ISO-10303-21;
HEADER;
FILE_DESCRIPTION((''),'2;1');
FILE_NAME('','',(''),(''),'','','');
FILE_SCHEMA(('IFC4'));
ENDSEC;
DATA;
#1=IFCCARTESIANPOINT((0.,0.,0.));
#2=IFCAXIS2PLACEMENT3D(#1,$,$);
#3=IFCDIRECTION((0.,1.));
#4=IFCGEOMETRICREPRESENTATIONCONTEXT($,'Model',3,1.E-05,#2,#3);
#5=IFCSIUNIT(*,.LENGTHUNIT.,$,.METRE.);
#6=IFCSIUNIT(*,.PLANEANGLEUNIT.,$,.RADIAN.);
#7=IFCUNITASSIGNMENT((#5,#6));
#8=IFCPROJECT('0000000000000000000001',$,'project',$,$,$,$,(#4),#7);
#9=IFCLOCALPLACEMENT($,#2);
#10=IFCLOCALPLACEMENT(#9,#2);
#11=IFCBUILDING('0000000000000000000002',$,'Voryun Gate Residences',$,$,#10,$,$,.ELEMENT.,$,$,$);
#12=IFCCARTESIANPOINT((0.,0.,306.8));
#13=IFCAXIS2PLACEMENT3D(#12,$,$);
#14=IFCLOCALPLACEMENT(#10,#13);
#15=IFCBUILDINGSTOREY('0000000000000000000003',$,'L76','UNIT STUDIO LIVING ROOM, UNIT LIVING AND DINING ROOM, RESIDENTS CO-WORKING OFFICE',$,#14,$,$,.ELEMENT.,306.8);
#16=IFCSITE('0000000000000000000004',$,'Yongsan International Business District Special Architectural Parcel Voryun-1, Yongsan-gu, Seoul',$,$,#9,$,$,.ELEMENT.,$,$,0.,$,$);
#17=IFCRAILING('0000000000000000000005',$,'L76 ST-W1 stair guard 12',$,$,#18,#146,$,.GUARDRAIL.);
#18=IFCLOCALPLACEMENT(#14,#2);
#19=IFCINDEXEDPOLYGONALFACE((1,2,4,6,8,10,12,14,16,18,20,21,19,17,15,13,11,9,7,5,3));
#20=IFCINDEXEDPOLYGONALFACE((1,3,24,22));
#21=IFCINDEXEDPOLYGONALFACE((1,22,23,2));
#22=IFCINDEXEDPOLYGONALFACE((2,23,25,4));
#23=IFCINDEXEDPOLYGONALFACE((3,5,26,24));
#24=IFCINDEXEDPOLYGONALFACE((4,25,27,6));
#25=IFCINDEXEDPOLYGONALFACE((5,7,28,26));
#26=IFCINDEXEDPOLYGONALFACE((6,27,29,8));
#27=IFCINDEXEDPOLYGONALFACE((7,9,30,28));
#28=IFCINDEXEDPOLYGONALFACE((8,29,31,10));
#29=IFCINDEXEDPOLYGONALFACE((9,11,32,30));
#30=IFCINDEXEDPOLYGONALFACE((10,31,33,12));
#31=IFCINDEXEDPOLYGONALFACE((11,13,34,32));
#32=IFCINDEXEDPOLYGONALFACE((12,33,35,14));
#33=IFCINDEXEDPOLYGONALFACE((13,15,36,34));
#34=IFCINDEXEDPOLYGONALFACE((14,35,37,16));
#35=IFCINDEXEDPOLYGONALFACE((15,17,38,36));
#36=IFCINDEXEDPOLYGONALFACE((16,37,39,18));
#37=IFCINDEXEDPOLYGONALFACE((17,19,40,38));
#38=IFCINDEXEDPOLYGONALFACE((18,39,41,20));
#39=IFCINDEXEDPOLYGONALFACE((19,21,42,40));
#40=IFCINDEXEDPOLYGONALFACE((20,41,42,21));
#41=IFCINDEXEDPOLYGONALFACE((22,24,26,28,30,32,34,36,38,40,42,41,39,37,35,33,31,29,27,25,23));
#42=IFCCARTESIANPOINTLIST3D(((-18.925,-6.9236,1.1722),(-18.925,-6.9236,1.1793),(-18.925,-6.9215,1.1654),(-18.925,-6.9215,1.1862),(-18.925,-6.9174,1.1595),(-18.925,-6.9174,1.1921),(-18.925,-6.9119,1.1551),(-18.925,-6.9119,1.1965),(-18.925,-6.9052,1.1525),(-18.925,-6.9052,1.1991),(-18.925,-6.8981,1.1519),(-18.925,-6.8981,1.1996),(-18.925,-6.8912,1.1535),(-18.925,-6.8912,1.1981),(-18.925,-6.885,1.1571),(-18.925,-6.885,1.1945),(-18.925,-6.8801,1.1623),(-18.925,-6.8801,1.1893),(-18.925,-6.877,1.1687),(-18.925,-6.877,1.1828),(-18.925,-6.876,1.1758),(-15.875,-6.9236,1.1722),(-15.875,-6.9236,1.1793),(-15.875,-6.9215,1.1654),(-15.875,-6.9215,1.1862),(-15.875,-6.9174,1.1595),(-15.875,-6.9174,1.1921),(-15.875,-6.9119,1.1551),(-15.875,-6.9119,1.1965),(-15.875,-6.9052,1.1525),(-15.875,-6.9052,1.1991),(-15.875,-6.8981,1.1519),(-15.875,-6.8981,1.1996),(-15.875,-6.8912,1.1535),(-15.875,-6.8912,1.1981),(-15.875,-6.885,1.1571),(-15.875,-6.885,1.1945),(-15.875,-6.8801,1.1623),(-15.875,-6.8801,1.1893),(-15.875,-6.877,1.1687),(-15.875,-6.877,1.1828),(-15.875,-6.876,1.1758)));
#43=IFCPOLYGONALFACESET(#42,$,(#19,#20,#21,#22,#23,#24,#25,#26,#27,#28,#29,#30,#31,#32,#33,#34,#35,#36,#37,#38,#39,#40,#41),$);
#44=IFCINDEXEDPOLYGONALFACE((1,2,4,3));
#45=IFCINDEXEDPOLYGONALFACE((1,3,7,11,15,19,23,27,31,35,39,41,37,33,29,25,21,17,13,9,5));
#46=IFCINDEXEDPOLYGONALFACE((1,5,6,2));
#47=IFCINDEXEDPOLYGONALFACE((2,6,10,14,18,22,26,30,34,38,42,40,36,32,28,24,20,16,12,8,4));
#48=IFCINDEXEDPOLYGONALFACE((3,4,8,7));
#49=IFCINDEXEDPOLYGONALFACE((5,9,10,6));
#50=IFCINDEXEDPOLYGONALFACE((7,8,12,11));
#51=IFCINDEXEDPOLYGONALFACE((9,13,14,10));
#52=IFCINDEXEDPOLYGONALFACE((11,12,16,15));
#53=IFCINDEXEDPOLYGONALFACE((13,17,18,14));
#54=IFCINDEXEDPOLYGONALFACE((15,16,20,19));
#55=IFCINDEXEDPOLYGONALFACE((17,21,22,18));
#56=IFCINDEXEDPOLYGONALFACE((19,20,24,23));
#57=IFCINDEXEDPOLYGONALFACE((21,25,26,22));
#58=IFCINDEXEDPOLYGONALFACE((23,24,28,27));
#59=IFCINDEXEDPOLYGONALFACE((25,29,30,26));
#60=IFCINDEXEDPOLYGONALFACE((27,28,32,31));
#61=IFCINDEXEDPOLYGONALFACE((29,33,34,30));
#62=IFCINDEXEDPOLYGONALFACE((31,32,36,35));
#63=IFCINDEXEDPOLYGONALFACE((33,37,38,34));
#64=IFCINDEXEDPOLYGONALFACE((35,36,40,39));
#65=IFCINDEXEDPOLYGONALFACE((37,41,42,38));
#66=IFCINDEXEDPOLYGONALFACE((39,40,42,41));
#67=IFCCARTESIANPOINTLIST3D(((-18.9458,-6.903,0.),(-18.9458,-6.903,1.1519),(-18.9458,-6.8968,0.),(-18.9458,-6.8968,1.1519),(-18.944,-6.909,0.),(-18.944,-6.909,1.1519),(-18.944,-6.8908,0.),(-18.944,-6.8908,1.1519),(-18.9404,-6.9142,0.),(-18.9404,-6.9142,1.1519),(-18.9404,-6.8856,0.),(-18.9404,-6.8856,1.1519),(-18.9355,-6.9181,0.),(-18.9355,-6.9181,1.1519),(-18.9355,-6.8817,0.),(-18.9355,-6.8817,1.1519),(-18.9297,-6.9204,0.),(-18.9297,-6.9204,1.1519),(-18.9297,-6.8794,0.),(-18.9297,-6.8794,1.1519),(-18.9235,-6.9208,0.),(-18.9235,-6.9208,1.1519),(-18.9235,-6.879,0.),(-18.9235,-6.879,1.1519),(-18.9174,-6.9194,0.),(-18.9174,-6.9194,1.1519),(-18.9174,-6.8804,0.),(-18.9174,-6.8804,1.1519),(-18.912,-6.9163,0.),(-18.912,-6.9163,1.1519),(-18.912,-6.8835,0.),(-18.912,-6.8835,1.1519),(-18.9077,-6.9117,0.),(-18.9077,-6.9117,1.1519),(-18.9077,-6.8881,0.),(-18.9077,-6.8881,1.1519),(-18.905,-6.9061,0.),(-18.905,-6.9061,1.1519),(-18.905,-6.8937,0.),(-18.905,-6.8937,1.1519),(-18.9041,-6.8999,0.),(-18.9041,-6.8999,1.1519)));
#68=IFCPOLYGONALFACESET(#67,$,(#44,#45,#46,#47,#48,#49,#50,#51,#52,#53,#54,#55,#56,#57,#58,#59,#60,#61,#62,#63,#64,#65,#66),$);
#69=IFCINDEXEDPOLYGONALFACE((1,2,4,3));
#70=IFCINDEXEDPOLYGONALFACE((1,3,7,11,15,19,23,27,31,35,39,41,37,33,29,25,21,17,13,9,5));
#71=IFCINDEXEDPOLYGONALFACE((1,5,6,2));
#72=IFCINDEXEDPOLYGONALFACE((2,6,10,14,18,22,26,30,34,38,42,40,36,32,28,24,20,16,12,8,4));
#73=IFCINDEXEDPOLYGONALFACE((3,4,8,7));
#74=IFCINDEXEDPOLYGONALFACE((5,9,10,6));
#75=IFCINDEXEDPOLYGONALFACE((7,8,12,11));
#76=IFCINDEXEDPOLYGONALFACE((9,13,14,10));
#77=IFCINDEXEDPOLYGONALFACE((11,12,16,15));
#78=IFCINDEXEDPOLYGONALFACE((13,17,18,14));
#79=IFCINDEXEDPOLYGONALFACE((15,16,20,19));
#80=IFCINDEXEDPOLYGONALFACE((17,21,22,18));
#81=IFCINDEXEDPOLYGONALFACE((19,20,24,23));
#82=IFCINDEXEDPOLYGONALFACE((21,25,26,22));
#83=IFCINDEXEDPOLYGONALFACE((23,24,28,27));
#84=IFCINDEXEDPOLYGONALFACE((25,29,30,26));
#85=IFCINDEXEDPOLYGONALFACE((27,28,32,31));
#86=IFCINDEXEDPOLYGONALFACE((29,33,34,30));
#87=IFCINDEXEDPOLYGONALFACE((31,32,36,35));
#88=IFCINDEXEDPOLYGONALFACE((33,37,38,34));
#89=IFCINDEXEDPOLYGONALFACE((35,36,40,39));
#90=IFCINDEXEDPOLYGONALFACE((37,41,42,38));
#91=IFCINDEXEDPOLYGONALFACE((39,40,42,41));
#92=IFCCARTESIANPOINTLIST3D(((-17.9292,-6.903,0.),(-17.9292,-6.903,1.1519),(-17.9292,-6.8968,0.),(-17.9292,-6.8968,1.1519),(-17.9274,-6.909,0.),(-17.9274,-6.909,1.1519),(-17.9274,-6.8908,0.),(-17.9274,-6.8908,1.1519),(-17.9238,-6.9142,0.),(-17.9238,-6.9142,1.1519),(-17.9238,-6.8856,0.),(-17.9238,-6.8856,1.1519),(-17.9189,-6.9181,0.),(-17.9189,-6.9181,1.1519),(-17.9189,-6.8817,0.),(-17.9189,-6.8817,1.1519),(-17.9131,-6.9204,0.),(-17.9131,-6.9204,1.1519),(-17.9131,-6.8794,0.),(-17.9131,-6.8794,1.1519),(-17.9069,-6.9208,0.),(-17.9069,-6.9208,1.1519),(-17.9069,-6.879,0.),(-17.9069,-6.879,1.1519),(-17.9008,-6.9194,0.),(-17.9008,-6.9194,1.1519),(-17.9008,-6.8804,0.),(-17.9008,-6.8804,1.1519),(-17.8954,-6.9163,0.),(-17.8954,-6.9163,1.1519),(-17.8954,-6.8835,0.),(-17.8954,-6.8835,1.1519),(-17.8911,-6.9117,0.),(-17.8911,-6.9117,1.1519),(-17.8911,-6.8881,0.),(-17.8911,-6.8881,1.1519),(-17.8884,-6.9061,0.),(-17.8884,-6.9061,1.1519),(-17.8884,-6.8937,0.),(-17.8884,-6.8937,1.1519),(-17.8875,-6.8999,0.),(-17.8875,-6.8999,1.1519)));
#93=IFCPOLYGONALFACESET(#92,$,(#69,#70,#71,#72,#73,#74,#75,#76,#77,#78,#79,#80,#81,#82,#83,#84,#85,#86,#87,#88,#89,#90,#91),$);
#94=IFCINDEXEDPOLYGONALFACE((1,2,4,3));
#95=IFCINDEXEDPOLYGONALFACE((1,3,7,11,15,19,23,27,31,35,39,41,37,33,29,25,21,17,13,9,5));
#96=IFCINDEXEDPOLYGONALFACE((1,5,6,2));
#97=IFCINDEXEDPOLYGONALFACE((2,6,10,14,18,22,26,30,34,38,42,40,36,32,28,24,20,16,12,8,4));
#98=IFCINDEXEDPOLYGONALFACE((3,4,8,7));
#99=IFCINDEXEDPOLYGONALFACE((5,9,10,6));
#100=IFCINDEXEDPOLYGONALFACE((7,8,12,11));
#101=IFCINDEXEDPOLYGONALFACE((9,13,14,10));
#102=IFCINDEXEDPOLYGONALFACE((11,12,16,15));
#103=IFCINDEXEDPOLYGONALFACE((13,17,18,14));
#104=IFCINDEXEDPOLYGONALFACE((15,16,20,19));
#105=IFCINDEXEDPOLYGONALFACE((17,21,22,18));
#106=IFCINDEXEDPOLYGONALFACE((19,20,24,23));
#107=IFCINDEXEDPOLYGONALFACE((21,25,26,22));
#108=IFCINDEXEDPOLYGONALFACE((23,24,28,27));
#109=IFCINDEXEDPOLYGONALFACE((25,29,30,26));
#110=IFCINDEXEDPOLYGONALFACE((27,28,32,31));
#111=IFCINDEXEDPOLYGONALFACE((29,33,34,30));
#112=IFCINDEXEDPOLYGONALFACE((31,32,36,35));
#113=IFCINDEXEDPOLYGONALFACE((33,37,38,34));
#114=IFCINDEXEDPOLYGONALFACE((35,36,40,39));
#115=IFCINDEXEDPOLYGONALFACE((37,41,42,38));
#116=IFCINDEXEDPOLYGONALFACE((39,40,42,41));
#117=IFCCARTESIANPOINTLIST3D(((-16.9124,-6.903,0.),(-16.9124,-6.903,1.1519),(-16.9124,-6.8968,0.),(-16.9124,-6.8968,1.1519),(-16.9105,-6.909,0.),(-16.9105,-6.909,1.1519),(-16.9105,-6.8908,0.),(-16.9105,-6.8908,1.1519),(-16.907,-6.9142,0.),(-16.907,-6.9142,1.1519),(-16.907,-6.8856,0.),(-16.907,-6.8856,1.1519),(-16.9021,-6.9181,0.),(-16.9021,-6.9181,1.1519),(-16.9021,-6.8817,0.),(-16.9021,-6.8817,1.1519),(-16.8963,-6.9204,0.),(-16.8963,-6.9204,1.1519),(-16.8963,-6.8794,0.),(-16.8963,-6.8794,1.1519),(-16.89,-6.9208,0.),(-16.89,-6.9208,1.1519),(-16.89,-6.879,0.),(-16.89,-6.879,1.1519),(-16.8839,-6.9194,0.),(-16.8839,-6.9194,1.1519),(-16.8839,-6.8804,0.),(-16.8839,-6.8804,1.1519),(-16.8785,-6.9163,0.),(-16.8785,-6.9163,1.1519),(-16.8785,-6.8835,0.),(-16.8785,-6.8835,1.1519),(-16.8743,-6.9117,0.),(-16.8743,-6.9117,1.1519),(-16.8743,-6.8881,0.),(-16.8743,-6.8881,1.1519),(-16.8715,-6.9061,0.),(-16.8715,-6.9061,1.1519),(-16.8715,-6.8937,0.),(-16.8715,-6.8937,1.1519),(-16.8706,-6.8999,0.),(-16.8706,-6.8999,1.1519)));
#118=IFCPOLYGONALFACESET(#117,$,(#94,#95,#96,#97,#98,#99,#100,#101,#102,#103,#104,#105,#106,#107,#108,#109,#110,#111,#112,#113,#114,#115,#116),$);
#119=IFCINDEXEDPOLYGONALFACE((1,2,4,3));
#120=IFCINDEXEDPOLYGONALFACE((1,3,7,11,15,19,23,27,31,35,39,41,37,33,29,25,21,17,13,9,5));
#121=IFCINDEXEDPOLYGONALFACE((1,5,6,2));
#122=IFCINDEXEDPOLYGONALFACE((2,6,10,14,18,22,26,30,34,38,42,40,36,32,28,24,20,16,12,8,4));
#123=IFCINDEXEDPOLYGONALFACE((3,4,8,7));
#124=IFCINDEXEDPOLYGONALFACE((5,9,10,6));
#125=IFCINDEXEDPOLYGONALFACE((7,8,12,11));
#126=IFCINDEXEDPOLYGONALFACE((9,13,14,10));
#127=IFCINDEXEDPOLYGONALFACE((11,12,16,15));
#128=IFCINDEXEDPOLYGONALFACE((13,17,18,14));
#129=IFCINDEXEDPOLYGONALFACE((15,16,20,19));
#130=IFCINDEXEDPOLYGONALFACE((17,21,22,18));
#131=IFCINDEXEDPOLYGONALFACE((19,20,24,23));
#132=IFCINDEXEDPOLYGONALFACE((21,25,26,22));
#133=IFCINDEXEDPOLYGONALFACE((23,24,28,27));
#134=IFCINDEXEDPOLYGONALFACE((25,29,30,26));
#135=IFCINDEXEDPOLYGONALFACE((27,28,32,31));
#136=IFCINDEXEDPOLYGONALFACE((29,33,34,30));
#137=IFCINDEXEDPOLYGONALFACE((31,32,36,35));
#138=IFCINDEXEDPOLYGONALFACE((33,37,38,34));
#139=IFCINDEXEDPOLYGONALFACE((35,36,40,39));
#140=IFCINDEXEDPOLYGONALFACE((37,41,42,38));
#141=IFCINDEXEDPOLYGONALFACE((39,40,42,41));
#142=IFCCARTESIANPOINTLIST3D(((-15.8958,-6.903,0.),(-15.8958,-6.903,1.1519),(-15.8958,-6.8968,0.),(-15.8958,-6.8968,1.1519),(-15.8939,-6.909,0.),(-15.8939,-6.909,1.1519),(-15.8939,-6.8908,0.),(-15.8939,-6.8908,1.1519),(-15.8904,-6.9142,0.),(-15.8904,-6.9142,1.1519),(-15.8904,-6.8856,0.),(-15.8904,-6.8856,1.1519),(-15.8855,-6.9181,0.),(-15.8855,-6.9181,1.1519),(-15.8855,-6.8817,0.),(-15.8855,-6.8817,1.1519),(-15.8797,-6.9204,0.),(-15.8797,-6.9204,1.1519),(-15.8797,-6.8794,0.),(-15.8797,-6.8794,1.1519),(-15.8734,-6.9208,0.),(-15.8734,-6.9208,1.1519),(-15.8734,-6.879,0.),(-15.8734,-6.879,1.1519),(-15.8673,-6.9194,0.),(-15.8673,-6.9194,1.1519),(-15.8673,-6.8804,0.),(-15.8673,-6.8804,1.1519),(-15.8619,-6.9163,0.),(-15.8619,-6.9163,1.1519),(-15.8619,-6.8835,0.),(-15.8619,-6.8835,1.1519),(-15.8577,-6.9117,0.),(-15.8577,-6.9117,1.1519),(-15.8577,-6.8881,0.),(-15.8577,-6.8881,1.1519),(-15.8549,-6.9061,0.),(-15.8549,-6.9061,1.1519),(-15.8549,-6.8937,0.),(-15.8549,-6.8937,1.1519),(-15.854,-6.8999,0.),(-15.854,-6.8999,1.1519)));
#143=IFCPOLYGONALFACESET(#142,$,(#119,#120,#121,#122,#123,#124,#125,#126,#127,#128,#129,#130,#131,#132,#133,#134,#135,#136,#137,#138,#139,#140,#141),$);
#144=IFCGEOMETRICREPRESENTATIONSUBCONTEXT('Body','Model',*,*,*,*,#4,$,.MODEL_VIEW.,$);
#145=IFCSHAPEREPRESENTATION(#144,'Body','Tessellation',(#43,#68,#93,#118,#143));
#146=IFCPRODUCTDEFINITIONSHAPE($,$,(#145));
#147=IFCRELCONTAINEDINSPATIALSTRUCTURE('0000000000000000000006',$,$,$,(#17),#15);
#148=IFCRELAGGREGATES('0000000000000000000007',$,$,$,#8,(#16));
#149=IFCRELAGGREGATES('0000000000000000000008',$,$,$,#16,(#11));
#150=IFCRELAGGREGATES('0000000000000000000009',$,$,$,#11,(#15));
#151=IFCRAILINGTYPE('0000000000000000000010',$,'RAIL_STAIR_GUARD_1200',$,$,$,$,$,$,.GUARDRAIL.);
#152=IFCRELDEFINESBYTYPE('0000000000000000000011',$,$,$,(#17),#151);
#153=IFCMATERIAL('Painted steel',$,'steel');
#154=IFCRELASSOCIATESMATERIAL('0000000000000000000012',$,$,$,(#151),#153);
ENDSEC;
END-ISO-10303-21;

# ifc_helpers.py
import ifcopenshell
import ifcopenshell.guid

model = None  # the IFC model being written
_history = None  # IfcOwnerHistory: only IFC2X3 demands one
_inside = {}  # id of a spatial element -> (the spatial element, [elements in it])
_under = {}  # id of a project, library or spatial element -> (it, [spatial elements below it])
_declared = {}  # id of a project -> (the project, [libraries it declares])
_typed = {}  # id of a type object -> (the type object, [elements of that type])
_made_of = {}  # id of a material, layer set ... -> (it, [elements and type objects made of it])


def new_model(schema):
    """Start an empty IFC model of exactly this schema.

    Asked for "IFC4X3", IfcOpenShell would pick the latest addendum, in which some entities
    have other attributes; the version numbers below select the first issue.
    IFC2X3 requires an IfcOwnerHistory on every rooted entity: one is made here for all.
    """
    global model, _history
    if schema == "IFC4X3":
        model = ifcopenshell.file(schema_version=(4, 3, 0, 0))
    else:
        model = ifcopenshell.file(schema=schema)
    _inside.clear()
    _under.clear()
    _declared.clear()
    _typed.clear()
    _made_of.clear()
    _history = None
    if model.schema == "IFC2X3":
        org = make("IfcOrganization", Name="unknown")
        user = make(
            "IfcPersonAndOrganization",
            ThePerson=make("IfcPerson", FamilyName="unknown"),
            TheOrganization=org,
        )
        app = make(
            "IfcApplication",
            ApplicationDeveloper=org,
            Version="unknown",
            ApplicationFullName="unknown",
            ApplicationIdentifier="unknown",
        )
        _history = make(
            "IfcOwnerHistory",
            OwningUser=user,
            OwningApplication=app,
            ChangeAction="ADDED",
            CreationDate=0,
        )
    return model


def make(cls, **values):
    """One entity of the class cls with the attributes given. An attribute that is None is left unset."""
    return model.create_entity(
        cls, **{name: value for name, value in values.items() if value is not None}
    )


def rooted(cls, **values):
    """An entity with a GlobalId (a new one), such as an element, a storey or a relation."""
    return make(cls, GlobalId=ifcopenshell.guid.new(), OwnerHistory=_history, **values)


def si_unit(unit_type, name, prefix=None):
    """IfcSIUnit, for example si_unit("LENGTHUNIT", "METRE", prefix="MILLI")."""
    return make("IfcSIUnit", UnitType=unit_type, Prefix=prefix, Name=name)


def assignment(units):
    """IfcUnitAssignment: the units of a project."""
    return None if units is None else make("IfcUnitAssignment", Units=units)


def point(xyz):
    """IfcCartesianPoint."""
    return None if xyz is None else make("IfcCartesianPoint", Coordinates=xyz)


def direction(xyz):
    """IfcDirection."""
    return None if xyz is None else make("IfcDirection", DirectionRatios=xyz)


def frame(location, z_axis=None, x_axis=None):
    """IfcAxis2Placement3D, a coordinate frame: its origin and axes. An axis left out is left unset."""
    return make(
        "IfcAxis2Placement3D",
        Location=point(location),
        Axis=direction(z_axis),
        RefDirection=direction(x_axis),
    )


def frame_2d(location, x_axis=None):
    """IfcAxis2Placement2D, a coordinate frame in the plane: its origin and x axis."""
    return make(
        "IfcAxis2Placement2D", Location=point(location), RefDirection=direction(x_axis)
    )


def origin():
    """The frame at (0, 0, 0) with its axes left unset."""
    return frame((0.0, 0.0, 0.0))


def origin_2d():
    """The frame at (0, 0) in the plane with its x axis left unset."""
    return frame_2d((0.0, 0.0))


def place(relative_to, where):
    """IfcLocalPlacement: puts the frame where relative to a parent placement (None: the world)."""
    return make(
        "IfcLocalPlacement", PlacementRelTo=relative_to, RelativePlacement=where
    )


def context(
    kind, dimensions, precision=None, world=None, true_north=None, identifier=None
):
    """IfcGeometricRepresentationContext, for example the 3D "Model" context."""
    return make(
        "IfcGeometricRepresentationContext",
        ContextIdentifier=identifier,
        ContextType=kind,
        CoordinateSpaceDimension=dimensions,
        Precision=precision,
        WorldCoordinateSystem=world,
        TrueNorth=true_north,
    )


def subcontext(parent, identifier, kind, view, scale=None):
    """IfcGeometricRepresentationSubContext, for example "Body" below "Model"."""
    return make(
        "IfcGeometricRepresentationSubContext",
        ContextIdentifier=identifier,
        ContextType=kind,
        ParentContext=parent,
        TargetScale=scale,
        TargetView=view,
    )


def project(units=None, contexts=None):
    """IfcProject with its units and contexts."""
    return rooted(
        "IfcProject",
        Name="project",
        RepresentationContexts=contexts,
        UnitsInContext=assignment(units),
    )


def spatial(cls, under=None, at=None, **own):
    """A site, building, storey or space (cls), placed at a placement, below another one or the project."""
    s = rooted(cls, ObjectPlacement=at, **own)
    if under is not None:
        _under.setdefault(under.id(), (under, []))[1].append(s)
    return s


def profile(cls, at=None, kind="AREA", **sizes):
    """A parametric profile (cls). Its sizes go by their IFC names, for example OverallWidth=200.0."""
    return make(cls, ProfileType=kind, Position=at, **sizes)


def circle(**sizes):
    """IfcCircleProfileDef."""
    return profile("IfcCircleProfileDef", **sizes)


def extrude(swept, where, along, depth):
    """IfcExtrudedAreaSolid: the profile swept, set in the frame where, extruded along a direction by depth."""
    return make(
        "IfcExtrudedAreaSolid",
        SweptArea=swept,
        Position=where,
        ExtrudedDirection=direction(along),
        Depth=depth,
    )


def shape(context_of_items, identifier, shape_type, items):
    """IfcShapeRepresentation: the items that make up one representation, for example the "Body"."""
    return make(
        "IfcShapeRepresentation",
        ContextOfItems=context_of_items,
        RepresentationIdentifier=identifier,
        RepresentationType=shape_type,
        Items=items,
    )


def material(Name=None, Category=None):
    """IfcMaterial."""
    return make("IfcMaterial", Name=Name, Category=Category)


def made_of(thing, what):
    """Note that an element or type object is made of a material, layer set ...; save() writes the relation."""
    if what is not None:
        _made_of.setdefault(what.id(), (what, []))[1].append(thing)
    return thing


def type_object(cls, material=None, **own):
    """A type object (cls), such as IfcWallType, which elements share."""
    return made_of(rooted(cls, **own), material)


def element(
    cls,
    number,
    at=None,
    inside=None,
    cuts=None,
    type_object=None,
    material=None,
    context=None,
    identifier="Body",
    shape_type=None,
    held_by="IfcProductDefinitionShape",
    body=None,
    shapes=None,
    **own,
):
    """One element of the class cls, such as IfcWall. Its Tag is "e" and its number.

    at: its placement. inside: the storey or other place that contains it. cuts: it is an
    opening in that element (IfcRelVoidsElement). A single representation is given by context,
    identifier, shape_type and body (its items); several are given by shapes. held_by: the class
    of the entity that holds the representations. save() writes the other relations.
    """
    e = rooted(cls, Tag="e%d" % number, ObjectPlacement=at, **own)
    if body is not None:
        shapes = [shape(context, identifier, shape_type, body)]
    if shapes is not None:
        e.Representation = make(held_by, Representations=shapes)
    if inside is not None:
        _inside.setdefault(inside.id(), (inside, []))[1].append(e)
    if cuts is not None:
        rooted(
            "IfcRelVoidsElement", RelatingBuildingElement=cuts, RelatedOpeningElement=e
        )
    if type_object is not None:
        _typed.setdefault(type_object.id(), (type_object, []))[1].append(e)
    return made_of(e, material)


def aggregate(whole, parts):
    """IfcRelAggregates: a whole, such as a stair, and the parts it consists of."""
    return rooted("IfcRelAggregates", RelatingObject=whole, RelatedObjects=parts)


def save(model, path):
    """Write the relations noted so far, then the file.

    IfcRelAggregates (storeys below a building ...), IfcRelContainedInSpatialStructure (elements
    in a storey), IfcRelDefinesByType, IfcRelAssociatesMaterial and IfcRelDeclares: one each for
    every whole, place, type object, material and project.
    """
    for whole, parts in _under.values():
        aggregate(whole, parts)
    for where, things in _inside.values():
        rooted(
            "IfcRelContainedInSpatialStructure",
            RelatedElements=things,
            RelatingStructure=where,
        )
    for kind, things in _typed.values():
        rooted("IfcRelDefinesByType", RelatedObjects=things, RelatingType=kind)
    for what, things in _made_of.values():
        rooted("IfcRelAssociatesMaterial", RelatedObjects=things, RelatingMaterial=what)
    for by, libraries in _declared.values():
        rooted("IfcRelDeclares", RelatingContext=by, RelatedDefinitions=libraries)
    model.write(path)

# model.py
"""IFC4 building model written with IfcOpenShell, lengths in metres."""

from ifc_helpers import new_model, si_unit, direction, frame, origin, origin_2d, place, context, subcontext, project, spatial, circle, extrude, material, type_object, element, save


model = new_model("IFC4")

# Units and contexts
model_context = context("Model", 3, precision=1e-05, world=origin(), true_north=direction((0.0, 1.0)))
body_context = subcontext(model_context, "Body", "Model", "MODEL_VIEW")
ifc_project = project(units=[si_unit("LENGTHUNIT", "METRE"), si_unit("PLANEANGLEUNIT", "RADIAN")], contexts=[model_context])

# Site, building, storey
site_placement = place(None, origin())
site = spatial("IfcSite", under=ifc_project, at=site_placement, Name="Yongsan International Business District Special Architectural Parcel Voryun-1, Yongsan-gu, Seoul", CompositionType="ELEMENT", RefElevation=0.0)
building_placement = place(site_placement, origin())
building = spatial("IfcBuilding", under=site, at=building_placement, Name="Voryun Gate Residences", CompositionType="ELEMENT")
storey_placement = place(building_placement, frame((0.0, 0.0, 306.8)))
storey = spatial("IfcBuildingStorey", under=building, at=storey_placement, Name="L76", Description="UNIT STUDIO LIVING ROOM, UNIT LIVING AND DINING ROOM, RESIDENTS CO-WORKING OFFICE", CompositionType="ELEMENT", Elevation=306.8)

# Railing
ifc_material_1 = material(Name="Painted steel", Category="steel")
railing_type = type_object("IfcRailingType", Name="RAIL_STAIR_GUARD_1200", PredefinedType="GUARDRAIL", material=ifc_material_1)
railing_1_placement = place(storey_placement, frame((-18.925, -6.8999, 0.0)))
element("IfcRailing", 1, at=railing_1_placement, inside=storey, type_object=railing_type, Name="L76 ST-W1 stair guard 12", PredefinedType="GUARDRAIL", context=body_context, shape_type="SweptSolid", body=[
    extrude(circle(Radius=0.0239, at=origin_2d()), frame((0.0, 0.0, 1.1758), z_axis=(1.0, 0.0, 0.0), x_axis=(0.0, 1.0, 0.0)), (0.0, 0.0, 1.0), 3.05),
    extrude(circle(Radius=0.021, at=origin_2d()), origin(), (0.0, 0.0, 1.0), 1.1519),
    extrude(circle(Radius=0.021, at=origin_2d()), frame((1.0166, 0.0, 0.0)), (0.0, 0.0, 1.0), 1.1519),
    extrude(circle(Radius=0.021, at=origin_2d()), frame((2.0334, 0.0, 0.0)), (0.0, 0.0, 1.0), 1.1519),
    extrude(circle(Radius=0.021, at=origin_2d()), frame((3.05, 0.0, 0.0)), (0.0, 0.0, 1.0), 1.1519),
])

save(model, "model.ifc")
